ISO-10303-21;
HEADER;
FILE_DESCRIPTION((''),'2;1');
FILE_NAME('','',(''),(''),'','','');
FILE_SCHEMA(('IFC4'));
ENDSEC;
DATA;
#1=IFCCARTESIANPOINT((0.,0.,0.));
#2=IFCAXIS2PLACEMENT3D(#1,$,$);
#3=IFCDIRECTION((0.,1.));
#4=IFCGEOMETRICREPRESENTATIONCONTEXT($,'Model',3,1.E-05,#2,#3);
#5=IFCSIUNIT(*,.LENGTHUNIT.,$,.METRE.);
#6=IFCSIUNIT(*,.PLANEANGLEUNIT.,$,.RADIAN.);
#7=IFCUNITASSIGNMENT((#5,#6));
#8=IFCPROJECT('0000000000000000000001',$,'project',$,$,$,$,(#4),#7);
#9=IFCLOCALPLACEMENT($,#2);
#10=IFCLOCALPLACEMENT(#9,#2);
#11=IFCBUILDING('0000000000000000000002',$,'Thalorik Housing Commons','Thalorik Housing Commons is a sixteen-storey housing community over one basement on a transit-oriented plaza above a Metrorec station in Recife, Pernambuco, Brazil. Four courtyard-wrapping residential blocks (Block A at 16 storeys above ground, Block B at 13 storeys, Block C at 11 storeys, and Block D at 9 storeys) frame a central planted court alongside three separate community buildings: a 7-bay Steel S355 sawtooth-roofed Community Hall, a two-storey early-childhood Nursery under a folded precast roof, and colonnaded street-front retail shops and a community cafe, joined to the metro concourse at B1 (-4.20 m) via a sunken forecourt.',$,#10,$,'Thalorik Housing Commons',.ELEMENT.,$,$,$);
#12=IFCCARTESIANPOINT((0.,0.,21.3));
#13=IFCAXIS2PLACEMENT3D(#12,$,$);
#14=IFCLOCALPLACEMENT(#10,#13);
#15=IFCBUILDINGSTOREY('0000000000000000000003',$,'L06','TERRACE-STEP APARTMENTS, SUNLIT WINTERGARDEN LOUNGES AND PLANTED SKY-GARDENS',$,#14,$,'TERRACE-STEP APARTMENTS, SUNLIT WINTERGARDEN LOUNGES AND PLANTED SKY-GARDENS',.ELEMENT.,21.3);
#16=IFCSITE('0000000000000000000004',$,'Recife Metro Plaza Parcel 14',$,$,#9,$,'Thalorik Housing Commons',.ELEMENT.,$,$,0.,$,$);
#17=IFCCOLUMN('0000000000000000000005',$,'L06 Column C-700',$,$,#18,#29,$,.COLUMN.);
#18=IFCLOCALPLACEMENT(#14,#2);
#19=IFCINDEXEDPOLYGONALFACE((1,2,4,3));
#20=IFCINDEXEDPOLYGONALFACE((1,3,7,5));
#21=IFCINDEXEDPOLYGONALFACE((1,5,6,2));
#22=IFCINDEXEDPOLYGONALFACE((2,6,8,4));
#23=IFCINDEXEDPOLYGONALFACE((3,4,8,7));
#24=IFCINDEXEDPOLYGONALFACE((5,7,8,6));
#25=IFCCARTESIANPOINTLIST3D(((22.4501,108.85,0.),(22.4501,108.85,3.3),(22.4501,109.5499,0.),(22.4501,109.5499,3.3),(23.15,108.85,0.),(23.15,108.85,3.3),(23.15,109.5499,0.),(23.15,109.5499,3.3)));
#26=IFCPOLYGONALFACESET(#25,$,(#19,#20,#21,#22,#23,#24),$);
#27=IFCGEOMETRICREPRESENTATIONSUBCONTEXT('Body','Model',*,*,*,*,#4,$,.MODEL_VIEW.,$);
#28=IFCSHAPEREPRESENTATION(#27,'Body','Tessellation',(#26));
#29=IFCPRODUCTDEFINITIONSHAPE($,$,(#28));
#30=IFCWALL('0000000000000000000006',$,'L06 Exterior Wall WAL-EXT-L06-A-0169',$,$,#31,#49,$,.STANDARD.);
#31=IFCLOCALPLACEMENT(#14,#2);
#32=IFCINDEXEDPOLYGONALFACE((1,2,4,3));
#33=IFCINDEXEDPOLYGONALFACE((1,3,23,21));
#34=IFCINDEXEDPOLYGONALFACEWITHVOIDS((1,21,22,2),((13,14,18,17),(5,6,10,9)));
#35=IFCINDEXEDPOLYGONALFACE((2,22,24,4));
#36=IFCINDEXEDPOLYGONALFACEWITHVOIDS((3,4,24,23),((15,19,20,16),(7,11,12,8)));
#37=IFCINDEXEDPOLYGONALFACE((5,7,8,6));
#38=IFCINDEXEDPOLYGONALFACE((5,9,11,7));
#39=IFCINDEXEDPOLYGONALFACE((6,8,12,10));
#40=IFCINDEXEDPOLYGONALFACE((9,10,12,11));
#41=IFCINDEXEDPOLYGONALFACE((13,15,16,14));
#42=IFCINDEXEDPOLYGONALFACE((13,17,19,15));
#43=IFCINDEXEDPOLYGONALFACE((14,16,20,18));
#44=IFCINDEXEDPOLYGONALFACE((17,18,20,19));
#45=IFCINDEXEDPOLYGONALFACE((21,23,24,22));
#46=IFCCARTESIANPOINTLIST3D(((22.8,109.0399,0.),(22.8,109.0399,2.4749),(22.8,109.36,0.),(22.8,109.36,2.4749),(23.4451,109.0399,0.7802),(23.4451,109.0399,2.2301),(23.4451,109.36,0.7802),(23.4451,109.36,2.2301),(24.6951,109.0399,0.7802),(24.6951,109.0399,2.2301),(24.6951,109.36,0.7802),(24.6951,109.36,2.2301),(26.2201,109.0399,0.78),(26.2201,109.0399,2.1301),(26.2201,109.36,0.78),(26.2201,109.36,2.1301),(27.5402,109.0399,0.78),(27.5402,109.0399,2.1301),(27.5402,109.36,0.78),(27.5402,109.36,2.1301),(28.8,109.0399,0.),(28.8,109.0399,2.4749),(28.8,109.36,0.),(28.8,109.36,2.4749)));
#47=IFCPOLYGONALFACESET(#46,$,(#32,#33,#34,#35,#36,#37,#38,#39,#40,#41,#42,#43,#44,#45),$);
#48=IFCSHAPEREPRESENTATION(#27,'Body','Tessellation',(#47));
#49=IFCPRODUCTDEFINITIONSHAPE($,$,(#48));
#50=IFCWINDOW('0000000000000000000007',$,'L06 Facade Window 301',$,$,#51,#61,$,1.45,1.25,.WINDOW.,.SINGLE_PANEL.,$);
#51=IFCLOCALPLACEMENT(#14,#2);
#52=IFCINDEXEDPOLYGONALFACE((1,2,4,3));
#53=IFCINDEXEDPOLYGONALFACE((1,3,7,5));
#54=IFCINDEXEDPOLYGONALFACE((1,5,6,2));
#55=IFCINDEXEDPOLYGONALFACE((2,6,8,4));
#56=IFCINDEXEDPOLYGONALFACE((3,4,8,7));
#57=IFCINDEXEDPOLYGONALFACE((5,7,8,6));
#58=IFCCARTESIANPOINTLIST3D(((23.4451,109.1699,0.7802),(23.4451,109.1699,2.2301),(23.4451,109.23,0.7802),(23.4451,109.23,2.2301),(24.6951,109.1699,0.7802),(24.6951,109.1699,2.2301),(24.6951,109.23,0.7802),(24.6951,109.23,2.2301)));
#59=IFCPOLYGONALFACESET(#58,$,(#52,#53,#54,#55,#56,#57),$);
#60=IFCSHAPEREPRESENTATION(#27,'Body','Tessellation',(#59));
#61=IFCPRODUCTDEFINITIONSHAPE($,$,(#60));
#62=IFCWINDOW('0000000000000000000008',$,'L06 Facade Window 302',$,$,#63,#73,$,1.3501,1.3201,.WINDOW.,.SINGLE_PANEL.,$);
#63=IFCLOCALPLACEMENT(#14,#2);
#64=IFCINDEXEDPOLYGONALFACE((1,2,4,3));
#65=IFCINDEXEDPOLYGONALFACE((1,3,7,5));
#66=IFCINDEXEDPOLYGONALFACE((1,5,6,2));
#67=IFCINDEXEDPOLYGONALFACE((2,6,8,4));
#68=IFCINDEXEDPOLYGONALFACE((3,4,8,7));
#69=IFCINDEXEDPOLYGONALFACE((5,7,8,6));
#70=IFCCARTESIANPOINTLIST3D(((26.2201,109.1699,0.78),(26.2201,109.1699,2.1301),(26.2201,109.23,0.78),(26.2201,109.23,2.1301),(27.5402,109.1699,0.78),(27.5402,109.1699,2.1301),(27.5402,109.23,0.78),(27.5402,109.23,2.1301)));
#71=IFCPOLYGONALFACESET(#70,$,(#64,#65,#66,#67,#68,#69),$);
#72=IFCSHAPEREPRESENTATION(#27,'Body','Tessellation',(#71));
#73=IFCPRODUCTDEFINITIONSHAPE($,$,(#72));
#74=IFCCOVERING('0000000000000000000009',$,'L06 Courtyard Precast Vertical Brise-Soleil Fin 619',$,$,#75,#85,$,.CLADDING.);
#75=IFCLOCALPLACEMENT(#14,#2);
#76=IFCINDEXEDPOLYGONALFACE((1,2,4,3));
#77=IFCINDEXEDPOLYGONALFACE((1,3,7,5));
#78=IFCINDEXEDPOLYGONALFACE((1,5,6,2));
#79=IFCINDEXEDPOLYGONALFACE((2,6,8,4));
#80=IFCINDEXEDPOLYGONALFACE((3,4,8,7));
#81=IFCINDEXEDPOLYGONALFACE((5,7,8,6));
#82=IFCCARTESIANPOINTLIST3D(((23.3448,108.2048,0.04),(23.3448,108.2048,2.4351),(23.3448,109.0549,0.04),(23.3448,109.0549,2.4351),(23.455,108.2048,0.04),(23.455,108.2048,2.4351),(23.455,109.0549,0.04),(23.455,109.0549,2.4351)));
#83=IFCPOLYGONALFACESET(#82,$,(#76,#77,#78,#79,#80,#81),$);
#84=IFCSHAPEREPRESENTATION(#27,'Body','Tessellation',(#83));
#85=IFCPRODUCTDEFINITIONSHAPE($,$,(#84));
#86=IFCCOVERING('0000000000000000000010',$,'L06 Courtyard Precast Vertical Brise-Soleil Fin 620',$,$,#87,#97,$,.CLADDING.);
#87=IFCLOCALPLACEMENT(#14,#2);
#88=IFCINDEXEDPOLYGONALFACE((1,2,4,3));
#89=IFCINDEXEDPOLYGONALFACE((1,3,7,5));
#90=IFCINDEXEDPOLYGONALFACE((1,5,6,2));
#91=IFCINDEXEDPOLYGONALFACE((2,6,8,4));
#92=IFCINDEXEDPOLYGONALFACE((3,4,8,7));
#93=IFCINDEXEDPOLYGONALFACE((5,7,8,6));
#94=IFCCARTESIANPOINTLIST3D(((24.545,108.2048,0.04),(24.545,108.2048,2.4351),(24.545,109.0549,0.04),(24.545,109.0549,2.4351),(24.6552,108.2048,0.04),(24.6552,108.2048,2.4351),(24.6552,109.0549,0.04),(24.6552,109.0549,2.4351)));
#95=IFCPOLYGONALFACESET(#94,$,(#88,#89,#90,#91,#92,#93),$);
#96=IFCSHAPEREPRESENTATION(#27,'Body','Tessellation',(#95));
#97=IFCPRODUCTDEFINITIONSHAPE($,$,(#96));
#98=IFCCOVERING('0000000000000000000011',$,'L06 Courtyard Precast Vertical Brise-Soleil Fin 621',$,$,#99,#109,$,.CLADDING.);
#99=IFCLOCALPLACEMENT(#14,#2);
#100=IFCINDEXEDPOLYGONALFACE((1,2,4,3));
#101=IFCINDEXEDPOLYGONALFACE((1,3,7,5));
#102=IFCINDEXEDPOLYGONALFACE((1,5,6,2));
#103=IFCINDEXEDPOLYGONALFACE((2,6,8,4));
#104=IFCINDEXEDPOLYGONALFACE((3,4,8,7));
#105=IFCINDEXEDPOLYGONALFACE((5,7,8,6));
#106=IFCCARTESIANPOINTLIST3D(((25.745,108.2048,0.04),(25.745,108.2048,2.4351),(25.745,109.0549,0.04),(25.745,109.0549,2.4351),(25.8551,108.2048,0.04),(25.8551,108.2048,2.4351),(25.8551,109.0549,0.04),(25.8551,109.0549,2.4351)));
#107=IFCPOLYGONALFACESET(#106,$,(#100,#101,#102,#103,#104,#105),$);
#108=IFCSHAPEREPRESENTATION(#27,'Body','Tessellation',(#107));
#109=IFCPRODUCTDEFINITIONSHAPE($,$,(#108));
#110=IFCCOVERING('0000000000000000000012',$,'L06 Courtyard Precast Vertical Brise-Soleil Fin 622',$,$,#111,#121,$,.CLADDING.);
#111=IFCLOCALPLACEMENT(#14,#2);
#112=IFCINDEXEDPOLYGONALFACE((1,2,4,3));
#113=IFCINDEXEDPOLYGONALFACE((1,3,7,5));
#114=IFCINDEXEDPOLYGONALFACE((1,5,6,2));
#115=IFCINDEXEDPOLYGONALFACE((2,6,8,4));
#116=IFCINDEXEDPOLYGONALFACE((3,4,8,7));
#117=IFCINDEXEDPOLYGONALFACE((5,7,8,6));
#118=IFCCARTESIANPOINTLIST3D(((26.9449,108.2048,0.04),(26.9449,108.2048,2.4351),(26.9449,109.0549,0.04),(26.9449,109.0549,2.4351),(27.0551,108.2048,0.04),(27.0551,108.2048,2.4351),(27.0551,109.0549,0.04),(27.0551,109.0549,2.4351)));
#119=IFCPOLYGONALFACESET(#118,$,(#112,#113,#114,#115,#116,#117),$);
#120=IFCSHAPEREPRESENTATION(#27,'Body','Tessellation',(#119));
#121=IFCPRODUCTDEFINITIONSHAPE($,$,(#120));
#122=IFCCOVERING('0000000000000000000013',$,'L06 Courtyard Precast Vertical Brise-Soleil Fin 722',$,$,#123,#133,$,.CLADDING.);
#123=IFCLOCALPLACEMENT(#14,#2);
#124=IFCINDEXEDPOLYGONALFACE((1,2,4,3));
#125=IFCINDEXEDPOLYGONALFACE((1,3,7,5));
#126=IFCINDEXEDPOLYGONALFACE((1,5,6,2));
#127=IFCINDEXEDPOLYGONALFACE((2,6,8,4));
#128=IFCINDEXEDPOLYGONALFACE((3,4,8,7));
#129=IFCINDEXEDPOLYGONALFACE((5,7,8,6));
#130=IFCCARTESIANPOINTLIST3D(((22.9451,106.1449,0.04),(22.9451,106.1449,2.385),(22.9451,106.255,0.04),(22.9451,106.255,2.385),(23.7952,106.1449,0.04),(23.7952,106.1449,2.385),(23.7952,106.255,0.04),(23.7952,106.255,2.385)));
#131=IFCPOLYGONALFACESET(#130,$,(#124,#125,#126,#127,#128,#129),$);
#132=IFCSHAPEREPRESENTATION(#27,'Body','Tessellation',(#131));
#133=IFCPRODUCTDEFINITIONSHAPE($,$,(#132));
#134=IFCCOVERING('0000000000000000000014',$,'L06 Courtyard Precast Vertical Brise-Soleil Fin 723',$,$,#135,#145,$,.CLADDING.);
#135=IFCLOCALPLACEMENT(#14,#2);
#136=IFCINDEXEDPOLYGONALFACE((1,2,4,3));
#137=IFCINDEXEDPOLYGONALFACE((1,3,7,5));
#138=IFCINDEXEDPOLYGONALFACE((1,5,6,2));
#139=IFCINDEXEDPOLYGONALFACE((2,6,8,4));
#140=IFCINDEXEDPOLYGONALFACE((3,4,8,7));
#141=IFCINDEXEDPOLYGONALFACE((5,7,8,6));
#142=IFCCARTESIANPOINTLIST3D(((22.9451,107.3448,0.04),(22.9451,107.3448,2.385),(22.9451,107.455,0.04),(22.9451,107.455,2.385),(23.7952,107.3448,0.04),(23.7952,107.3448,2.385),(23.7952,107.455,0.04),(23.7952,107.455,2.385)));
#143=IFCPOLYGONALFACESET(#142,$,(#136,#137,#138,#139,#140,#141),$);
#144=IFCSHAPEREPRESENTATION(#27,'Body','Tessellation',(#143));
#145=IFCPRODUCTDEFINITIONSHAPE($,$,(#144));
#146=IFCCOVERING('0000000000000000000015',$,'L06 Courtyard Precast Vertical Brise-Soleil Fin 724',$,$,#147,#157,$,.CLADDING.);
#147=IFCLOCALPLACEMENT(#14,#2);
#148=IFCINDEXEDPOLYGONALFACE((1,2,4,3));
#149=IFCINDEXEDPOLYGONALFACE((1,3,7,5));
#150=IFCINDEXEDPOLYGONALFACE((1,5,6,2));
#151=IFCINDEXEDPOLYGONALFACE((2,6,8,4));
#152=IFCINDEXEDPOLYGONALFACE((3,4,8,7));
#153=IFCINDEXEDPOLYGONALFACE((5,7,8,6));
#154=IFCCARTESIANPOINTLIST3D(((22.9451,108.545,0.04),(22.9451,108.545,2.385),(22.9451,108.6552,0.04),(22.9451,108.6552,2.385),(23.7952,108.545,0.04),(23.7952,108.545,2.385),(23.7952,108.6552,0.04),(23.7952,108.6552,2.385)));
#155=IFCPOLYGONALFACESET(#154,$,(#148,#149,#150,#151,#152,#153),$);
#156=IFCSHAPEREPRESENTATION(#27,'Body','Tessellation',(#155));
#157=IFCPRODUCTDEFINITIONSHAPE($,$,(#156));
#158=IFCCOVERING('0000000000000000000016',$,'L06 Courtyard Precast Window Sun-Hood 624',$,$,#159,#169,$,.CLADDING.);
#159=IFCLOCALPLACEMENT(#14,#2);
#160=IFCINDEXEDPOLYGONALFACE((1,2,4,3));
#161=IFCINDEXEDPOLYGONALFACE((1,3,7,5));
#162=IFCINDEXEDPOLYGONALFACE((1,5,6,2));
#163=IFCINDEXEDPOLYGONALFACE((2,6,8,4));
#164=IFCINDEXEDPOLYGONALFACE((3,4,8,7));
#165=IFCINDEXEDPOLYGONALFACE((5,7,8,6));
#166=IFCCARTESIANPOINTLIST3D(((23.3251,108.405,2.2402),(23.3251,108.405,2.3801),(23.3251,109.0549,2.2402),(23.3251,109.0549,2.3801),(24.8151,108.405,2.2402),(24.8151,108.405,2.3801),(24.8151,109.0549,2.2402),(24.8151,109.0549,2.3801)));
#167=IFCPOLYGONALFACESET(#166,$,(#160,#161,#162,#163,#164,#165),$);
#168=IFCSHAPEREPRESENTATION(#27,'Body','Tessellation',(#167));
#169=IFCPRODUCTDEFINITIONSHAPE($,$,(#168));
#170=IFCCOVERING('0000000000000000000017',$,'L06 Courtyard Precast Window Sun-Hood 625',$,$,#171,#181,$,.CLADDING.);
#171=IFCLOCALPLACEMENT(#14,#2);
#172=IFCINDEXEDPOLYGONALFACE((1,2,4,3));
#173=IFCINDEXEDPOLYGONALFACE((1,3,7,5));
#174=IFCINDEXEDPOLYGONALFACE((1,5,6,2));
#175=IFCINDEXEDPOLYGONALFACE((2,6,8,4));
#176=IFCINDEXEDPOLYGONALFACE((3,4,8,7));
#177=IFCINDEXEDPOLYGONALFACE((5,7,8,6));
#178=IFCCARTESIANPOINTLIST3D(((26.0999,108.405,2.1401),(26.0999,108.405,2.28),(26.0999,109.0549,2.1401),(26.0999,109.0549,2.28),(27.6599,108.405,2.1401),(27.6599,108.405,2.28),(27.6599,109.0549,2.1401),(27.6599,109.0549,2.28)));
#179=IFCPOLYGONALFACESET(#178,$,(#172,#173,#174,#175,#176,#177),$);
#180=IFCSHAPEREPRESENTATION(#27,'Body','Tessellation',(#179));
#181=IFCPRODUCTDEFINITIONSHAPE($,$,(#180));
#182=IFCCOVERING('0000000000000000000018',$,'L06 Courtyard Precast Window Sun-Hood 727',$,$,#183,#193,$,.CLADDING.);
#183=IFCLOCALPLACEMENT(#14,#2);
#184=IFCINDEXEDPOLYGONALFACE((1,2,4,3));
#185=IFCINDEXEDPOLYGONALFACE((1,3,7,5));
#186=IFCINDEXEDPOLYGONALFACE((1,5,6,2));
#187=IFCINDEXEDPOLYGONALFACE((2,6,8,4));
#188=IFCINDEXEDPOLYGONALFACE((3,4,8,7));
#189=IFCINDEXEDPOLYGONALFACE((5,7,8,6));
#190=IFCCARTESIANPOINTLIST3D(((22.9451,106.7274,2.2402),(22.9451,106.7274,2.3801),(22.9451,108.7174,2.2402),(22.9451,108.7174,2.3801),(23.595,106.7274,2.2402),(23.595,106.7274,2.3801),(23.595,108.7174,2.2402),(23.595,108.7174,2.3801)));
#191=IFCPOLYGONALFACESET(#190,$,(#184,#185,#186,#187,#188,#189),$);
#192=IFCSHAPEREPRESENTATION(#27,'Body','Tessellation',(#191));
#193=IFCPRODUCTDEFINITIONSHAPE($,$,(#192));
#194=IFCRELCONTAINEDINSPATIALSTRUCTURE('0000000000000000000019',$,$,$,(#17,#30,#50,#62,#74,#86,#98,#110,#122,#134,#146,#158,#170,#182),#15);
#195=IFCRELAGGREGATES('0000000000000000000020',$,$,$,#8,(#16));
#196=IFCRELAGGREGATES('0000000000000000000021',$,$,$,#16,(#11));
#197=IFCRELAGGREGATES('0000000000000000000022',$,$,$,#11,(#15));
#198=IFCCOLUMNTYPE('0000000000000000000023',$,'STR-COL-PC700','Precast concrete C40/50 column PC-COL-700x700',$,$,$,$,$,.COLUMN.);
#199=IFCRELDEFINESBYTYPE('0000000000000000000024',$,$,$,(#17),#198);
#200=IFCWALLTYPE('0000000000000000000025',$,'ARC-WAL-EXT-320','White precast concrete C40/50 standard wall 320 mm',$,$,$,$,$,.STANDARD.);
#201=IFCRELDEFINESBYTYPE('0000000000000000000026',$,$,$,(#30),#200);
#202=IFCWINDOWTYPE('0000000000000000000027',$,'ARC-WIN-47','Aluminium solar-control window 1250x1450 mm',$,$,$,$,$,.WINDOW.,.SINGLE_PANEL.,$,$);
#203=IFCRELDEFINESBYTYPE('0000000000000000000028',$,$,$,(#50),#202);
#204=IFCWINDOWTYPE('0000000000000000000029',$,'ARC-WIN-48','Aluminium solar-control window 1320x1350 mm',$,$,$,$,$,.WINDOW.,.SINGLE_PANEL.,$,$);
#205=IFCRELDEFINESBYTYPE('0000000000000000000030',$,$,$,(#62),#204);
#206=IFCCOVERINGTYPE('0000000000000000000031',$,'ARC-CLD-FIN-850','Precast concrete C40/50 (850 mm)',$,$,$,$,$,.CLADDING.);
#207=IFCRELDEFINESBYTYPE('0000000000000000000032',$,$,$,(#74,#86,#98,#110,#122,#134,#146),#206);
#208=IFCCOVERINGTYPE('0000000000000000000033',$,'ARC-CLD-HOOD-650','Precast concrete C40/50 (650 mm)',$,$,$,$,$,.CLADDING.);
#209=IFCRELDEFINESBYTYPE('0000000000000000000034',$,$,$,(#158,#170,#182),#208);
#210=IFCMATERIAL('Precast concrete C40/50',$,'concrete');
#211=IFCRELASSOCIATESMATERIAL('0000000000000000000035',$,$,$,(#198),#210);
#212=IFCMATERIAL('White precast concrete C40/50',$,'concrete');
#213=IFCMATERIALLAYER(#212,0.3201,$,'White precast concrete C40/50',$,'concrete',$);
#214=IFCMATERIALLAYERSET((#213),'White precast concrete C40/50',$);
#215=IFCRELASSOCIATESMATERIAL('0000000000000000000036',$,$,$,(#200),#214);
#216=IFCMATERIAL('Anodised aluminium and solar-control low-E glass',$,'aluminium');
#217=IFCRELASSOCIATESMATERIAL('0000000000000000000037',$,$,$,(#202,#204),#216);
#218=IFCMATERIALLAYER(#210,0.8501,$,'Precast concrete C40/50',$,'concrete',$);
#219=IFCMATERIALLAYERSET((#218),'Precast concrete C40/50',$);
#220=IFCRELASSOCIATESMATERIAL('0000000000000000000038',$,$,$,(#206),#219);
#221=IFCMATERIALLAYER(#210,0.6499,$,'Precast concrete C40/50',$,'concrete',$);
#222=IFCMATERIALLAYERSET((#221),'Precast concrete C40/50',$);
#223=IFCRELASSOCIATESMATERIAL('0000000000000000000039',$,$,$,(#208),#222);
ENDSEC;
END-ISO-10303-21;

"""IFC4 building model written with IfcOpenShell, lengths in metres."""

from ifc_helpers import new_model, si_unit, direction, frame, frame_2d, origin, origin_2d, place, context, subcontext, project, spatial, rectangle, extrude, material, layer, layer_set, material_profile, profile_set, type_object, element, fill, save


model = new_model("IFC4")

# Units and contexts
model_context = context("Model", 3, precision=1e-05, world=origin(), true_north=direction((0.0, 1.0)))
body_context = subcontext(model_context, "Body", "Model", "MODEL_VIEW")
ifc_project = project(units=[si_unit("LENGTHUNIT", "METRE"), si_unit("PLANEANGLEUNIT", "RADIAN")], contexts=[model_context])

# Site, building, storey
site_placement = place(None, origin())
site = spatial("IfcSite", under=ifc_project, at=site_placement, Name="Recife Metro Plaza Parcel 14", LongName="Thalorik Housing Commons", CompositionType="ELEMENT", RefElevation=0.0)
building_placement = place(site_placement, origin())
building = spatial("IfcBuilding", under=site, at=building_placement, Name="Thalorik Housing Commons", Description="Thalorik Housing Commons is a sixteen-storey housing community over one basement on a transit-oriented plaza above a Metrorec station in Recife, Pernambuco, Brazil. Four courtyard-wrapping residential blocks (Block A at 16 storeys above ground, Block B at 13 storeys, Block C at 11 storeys, and Block D at 9 storeys) frame a central planted court alongside three separate community buildings: a 7-bay Steel S355 sawtooth-roofed Community Hall, a two-storey early-childhood Nursery under a folded precast roof, and colonnaded street-front retail shops and a community cafe, joined to the metro concourse at B1 (-4.20 m) via a sunken forecourt.", LongName="Thalorik Housing Commons", CompositionType="ELEMENT")
storey_placement = place(building_placement, frame((0.0, 0.0, 21.3)))
storey = spatial("IfcBuildingStorey", under=building, at=storey_placement, Name="L06", Description="TERRACE-STEP APARTMENTS, SUNLIT WINTERGARDEN LOUNGES AND PLANTED SKY-GARDENS", LongName="TERRACE-STEP APARTMENTS, SUNLIT WINTERGARDEN LOUNGES AND PLANTED SKY-GARDENS", CompositionType="ELEMENT", Elevation=21.3)

# Column
ifc_material_1 = material(Name="Precast concrete C40/50", Category="concrete")
ifc_material_profile = material_profile(ifc_material_1, rectangle(XDim=0.7, YDim=0.7, at=origin_2d()), Name="PC 700x700", Category="concrete")
ifc_profile_set = profile_set([ifc_material_profile], Name="Precast concrete C40/50")
column_type = type_object("IfcColumnType", Name="STR-COL-PC700", Description="Precast concrete C40/50 column PC-COL-700x700", PredefinedType="COLUMN", material=ifc_profile_set)
column_placement = place(storey_placement, frame((22.8, 109.2, 0.0), z_axis=(0.0, 0.0, 1.0), x_axis=(1.0, 0.0, 0.0)))
element("IfcColumn", 1, at=column_placement, inside=storey, type_object=column_type, Name="L06 Column C-700", PredefinedType="COLUMN", context=body_context, shape_type="SweptSolid", body=[
    extrude(rectangle(XDim=0.7, YDim=0.7, at=origin_2d()), origin(), (0.0, 0.0, 1.0), 3.3),
])

# Wall, openings, windows
ifc_material_2 = material(Name="White precast concrete C40/50", Category="concrete")
ifc_layer_1 = layer(ifc_material_2, 0.3201, Name="White precast concrete C40/50", Category="concrete")
ifc_layer_set_1 = layer_set([ifc_layer_1], Name="White precast concrete C40/50")
wall_type = type_object("IfcWallType", Name="ARC-WAL-EXT-320", Description="White precast concrete C40/50 standard wall 320 mm", PredefinedType="STANDARD", material=ifc_layer_set_1)
wall_placement = place(storey_placement, frame((22.8, 109.2, 0.0), z_axis=(0.0, 0.0, 1.0), x_axis=(1.0, 0.0, 0.0)))
wall = element("IfcWall", 2, at=wall_placement, inside=storey, type_object=wall_type, Name="L06 Exterior Wall WAL-EXT-L06-A-0169", PredefinedType="STANDARD", context=body_context, shape_type="SweptSolid", body=[
    extrude(rectangle(XDim=6.0, YDim=0.3201, at=frame_2d((3.0, 0.0))), origin(), (0.0, 0.0, 1.0), 2.4749),
])
opening_1_placement = place(wall_placement, frame((0.645, 0.0, 0.78)))
opening_1 = element("IfcOpeningElement", 3, at=opening_1_placement, cuts=wall, PredefinedType="OPENING", context=body_context, shape_type="SweptSolid", body=[
    extrude(rectangle(XDim=1.25, YDim=1.45, at=frame_2d((0.625, 0.7251))), frame((0.0, 0.1699, 0.0), z_axis=(0.0, -1.0, 0.0), x_axis=(1.0, 0.0, 0.0)), (0.0, 0.0, 1.0), 0.3401),
])
opening_2_placement = place(wall_placement, frame((3.4199, 0.0, 0.78)))
opening_2 = element("IfcOpeningElement", 4, at=opening_2_placement, cuts=wall, PredefinedType="OPENING", context=body_context, shape_type="SweptSolid", body=[
    extrude(rectangle(XDim=1.3201, YDim=1.3501, at=frame_2d((0.6602, 0.675))), frame((0.0, 0.1699, 0.0), z_axis=(0.0, -1.0, 0.0), x_axis=(1.0, 0.0, 0.0)), (0.0, 0.0, 1.0), 0.3401),
])
ifc_material_3 = material(Name="Anodised aluminium and solar-control low-E glass", Category="aluminium")
window_type_1 = type_object("IfcWindowType", Name="ARC-WIN-47", Description="Aluminium solar-control window 1250x1450 mm", PartitioningType="SINGLE_PANEL", PredefinedType="WINDOW", material=ifc_material_3)
window_1_placement = place(opening_1_placement, origin())
window_1 = element("IfcWindow", 5, at=window_1_placement, inside=storey, type_object=window_type_1, Name="L06 Facade Window 301", OverallHeight=1.45, OverallWidth=1.25, PartitioningType="SINGLE_PANEL", PredefinedType="WINDOW", context=body_context, shape_type="SweptSolid", body=[
    extrude(rectangle(XDim=1.25, YDim=1.45, at=frame_2d((0.625, 0.7251))), frame((0.0, 0.03, 0.0), z_axis=(0.0, -1.0, 0.0), x_axis=(1.0, 0.0, 0.0)), (0.0, 0.0, 1.0), 0.0601),
])
fill(opening_1, window_1)
window_type_2 = type_object("IfcWindowType", Name="ARC-WIN-48", Description="Aluminium solar-control window 1320x1350 mm", PartitioningType="SINGLE_PANEL", PredefinedType="WINDOW", material=ifc_material_3)
window_2_placement = place(opening_2_placement, origin())
window_2 = element("IfcWindow", 6, at=window_2_placement, inside=storey, type_object=window_type_2, Name="L06 Facade Window 302", OverallHeight=1.3501, OverallWidth=1.3201, PartitioningType="SINGLE_PANEL", PredefinedType="WINDOW", context=body_context, shape_type="SweptSolid", body=[
    extrude(rectangle(XDim=1.3201, YDim=1.3501, at=frame_2d((0.6602, 0.675))), frame((0.0, 0.03, 0.0), z_axis=(0.0, -1.0, 0.0), x_axis=(1.0, 0.0, 0.0)), (0.0, 0.0, 1.0), 0.0601),
])
fill(opening_2, window_2)

# Coverings
ifc_layer_2 = layer(ifc_material_1, 0.8501, Name="Precast concrete C40/50", Category="concrete")
ifc_layer_set_2 = layer_set([ifc_layer_2], Name="Precast concrete C40/50")
covering_type_1 = type_object("IfcCoveringType", Name="ARC-CLD-FIN-850", Description="Precast concrete C40/50 (850 mm)", PredefinedType="CLADDING", material=ifc_layer_set_2)
for number, where, z_axis, x_axis, name in (
    (7, (23.3999, 108.6299, 0.04), (0.0, 0.0, 1.0), (1.0, 0.0, 0.0), "L06 Courtyard Precast Vertical Brise-Soleil Fin 619"),
    (8, (24.6001, 108.6299, 0.04), (0.0, 0.0, 1.0), (1.0, 0.0, 0.0), "L06 Courtyard Precast Vertical Brise-Soleil Fin 620"),
    (9, (25.8, 108.6299, 0.04), (0.0, 0.0, 1.0), (1.0, 0.0, 0.0), "L06 Courtyard Precast Vertical Brise-Soleil Fin 621"),
    (10, (27.0, 108.6299, 0.04), (0.0, 0.0, 1.0), (1.0, 0.0, 0.0), "L06 Courtyard Precast Vertical Brise-Soleil Fin 622"),
):
    element("IfcCovering", number, at=place(storey_placement, frame(where, z_axis=z_axis, x_axis=x_axis)), inside=storey, type_object=covering_type_1, Name=name, PredefinedType="CLADDING", context=body_context, shape_type="SweptSolid", body=[
        extrude(rectangle(XDim=0.1101, YDim=0.8501, at=origin_2d()), origin(), (0.0, 0.0, 1.0), 2.395),
    ])
for number, where, z_axis, x_axis, name in (
    (11, (23.3701, 106.2, 0.04), (0.0, 0.0, 1.0), (0.0, 1.0, 0.0), "L06 Courtyard Precast Vertical Brise-Soleil Fin 722"),
    (12, (23.3701, 107.3999, 0.04), (0.0, 0.0, 1.0), (0.0, 1.0, 0.0), "L06 Courtyard Precast Vertical Brise-Soleil Fin 723"),
    (13, (23.3701, 108.6001, 0.04), (0.0, 0.0, 1.0), (0.0, 1.0, 0.0), "L06 Courtyard Precast Vertical Brise-Soleil Fin 724"),
):
    element("IfcCovering", number, at=place(storey_placement, frame(where, z_axis=z_axis, x_axis=x_axis)), inside=storey, type_object=covering_type_1, Name=name, PredefinedType="CLADDING", context=body_context, shape_type="SweptSolid", body=[
        extrude(rectangle(XDim=0.1101, YDim=0.8501, at=origin_2d()), origin(), (0.0, 0.0, 1.0), 2.345),
    ])
ifc_layer_3 = layer(ifc_material_1, 0.6499, Name="Precast concrete C40/50", Category="concrete")
ifc_layer_set_3 = layer_set([ifc_layer_3], Name="Precast concrete C40/50")
covering_type_2 = type_object("IfcCoveringType", Name="ARC-CLD-HOOD-650", Description="Precast concrete C40/50 (650 mm)", PredefinedType="CLADDING", material=ifc_layer_set_3)
covering_1_placement = place(storey_placement, frame((24.0701, 108.73, 2.2402), z_axis=(0.0, 0.0, 1.0), x_axis=(1.0, 0.0, 0.0)))
element("IfcCovering", 14, at=covering_1_placement, inside=storey, type_object=covering_type_2, Name="L06 Courtyard Precast Window Sun-Hood 624", PredefinedType="CLADDING", context=body_context, shape_type="SweptSolid", body=[
    extrude(rectangle(XDim=1.49, YDim=0.6499, at=origin_2d()), origin(), (0.0, 0.0, 1.0), 0.1399),
])
covering_2_placement = place(storey_placement, frame((26.8799, 108.73, 2.1401), z_axis=(0.0, 0.0, 1.0), x_axis=(1.0, 0.0, 0.0)))
element("IfcCovering", 15, at=covering_2_placement, inside=storey, type_object=covering_type_2, Name="L06 Courtyard Precast Window Sun-Hood 625", PredefinedType="CLADDING", context=body_context, shape_type="SweptSolid", body=[
    extrude(rectangle(XDim=1.5601, YDim=0.6499, at=origin_2d()), origin(), (0.0, 0.0, 1.0), 0.1399),
])
covering_3_placement = place(storey_placement, frame((23.27, 107.7224, 2.2402), z_axis=(0.0, 0.0, 1.0), x_axis=(0.0, 1.0, 0.0)))
element("IfcCovering", 16, at=covering_3_placement, inside=storey, type_object=covering_type_2, Name="L06 Courtyard Precast Window Sun-Hood 727", PredefinedType="CLADDING", context=body_context, shape_type="SweptSolid", body=[
    extrude(rectangle(XDim=1.99, YDim=0.6499, at=origin_2d()), origin(), (0.0, 0.0, 1.0), 0.1399),
])

save(model, "model.ifc")
